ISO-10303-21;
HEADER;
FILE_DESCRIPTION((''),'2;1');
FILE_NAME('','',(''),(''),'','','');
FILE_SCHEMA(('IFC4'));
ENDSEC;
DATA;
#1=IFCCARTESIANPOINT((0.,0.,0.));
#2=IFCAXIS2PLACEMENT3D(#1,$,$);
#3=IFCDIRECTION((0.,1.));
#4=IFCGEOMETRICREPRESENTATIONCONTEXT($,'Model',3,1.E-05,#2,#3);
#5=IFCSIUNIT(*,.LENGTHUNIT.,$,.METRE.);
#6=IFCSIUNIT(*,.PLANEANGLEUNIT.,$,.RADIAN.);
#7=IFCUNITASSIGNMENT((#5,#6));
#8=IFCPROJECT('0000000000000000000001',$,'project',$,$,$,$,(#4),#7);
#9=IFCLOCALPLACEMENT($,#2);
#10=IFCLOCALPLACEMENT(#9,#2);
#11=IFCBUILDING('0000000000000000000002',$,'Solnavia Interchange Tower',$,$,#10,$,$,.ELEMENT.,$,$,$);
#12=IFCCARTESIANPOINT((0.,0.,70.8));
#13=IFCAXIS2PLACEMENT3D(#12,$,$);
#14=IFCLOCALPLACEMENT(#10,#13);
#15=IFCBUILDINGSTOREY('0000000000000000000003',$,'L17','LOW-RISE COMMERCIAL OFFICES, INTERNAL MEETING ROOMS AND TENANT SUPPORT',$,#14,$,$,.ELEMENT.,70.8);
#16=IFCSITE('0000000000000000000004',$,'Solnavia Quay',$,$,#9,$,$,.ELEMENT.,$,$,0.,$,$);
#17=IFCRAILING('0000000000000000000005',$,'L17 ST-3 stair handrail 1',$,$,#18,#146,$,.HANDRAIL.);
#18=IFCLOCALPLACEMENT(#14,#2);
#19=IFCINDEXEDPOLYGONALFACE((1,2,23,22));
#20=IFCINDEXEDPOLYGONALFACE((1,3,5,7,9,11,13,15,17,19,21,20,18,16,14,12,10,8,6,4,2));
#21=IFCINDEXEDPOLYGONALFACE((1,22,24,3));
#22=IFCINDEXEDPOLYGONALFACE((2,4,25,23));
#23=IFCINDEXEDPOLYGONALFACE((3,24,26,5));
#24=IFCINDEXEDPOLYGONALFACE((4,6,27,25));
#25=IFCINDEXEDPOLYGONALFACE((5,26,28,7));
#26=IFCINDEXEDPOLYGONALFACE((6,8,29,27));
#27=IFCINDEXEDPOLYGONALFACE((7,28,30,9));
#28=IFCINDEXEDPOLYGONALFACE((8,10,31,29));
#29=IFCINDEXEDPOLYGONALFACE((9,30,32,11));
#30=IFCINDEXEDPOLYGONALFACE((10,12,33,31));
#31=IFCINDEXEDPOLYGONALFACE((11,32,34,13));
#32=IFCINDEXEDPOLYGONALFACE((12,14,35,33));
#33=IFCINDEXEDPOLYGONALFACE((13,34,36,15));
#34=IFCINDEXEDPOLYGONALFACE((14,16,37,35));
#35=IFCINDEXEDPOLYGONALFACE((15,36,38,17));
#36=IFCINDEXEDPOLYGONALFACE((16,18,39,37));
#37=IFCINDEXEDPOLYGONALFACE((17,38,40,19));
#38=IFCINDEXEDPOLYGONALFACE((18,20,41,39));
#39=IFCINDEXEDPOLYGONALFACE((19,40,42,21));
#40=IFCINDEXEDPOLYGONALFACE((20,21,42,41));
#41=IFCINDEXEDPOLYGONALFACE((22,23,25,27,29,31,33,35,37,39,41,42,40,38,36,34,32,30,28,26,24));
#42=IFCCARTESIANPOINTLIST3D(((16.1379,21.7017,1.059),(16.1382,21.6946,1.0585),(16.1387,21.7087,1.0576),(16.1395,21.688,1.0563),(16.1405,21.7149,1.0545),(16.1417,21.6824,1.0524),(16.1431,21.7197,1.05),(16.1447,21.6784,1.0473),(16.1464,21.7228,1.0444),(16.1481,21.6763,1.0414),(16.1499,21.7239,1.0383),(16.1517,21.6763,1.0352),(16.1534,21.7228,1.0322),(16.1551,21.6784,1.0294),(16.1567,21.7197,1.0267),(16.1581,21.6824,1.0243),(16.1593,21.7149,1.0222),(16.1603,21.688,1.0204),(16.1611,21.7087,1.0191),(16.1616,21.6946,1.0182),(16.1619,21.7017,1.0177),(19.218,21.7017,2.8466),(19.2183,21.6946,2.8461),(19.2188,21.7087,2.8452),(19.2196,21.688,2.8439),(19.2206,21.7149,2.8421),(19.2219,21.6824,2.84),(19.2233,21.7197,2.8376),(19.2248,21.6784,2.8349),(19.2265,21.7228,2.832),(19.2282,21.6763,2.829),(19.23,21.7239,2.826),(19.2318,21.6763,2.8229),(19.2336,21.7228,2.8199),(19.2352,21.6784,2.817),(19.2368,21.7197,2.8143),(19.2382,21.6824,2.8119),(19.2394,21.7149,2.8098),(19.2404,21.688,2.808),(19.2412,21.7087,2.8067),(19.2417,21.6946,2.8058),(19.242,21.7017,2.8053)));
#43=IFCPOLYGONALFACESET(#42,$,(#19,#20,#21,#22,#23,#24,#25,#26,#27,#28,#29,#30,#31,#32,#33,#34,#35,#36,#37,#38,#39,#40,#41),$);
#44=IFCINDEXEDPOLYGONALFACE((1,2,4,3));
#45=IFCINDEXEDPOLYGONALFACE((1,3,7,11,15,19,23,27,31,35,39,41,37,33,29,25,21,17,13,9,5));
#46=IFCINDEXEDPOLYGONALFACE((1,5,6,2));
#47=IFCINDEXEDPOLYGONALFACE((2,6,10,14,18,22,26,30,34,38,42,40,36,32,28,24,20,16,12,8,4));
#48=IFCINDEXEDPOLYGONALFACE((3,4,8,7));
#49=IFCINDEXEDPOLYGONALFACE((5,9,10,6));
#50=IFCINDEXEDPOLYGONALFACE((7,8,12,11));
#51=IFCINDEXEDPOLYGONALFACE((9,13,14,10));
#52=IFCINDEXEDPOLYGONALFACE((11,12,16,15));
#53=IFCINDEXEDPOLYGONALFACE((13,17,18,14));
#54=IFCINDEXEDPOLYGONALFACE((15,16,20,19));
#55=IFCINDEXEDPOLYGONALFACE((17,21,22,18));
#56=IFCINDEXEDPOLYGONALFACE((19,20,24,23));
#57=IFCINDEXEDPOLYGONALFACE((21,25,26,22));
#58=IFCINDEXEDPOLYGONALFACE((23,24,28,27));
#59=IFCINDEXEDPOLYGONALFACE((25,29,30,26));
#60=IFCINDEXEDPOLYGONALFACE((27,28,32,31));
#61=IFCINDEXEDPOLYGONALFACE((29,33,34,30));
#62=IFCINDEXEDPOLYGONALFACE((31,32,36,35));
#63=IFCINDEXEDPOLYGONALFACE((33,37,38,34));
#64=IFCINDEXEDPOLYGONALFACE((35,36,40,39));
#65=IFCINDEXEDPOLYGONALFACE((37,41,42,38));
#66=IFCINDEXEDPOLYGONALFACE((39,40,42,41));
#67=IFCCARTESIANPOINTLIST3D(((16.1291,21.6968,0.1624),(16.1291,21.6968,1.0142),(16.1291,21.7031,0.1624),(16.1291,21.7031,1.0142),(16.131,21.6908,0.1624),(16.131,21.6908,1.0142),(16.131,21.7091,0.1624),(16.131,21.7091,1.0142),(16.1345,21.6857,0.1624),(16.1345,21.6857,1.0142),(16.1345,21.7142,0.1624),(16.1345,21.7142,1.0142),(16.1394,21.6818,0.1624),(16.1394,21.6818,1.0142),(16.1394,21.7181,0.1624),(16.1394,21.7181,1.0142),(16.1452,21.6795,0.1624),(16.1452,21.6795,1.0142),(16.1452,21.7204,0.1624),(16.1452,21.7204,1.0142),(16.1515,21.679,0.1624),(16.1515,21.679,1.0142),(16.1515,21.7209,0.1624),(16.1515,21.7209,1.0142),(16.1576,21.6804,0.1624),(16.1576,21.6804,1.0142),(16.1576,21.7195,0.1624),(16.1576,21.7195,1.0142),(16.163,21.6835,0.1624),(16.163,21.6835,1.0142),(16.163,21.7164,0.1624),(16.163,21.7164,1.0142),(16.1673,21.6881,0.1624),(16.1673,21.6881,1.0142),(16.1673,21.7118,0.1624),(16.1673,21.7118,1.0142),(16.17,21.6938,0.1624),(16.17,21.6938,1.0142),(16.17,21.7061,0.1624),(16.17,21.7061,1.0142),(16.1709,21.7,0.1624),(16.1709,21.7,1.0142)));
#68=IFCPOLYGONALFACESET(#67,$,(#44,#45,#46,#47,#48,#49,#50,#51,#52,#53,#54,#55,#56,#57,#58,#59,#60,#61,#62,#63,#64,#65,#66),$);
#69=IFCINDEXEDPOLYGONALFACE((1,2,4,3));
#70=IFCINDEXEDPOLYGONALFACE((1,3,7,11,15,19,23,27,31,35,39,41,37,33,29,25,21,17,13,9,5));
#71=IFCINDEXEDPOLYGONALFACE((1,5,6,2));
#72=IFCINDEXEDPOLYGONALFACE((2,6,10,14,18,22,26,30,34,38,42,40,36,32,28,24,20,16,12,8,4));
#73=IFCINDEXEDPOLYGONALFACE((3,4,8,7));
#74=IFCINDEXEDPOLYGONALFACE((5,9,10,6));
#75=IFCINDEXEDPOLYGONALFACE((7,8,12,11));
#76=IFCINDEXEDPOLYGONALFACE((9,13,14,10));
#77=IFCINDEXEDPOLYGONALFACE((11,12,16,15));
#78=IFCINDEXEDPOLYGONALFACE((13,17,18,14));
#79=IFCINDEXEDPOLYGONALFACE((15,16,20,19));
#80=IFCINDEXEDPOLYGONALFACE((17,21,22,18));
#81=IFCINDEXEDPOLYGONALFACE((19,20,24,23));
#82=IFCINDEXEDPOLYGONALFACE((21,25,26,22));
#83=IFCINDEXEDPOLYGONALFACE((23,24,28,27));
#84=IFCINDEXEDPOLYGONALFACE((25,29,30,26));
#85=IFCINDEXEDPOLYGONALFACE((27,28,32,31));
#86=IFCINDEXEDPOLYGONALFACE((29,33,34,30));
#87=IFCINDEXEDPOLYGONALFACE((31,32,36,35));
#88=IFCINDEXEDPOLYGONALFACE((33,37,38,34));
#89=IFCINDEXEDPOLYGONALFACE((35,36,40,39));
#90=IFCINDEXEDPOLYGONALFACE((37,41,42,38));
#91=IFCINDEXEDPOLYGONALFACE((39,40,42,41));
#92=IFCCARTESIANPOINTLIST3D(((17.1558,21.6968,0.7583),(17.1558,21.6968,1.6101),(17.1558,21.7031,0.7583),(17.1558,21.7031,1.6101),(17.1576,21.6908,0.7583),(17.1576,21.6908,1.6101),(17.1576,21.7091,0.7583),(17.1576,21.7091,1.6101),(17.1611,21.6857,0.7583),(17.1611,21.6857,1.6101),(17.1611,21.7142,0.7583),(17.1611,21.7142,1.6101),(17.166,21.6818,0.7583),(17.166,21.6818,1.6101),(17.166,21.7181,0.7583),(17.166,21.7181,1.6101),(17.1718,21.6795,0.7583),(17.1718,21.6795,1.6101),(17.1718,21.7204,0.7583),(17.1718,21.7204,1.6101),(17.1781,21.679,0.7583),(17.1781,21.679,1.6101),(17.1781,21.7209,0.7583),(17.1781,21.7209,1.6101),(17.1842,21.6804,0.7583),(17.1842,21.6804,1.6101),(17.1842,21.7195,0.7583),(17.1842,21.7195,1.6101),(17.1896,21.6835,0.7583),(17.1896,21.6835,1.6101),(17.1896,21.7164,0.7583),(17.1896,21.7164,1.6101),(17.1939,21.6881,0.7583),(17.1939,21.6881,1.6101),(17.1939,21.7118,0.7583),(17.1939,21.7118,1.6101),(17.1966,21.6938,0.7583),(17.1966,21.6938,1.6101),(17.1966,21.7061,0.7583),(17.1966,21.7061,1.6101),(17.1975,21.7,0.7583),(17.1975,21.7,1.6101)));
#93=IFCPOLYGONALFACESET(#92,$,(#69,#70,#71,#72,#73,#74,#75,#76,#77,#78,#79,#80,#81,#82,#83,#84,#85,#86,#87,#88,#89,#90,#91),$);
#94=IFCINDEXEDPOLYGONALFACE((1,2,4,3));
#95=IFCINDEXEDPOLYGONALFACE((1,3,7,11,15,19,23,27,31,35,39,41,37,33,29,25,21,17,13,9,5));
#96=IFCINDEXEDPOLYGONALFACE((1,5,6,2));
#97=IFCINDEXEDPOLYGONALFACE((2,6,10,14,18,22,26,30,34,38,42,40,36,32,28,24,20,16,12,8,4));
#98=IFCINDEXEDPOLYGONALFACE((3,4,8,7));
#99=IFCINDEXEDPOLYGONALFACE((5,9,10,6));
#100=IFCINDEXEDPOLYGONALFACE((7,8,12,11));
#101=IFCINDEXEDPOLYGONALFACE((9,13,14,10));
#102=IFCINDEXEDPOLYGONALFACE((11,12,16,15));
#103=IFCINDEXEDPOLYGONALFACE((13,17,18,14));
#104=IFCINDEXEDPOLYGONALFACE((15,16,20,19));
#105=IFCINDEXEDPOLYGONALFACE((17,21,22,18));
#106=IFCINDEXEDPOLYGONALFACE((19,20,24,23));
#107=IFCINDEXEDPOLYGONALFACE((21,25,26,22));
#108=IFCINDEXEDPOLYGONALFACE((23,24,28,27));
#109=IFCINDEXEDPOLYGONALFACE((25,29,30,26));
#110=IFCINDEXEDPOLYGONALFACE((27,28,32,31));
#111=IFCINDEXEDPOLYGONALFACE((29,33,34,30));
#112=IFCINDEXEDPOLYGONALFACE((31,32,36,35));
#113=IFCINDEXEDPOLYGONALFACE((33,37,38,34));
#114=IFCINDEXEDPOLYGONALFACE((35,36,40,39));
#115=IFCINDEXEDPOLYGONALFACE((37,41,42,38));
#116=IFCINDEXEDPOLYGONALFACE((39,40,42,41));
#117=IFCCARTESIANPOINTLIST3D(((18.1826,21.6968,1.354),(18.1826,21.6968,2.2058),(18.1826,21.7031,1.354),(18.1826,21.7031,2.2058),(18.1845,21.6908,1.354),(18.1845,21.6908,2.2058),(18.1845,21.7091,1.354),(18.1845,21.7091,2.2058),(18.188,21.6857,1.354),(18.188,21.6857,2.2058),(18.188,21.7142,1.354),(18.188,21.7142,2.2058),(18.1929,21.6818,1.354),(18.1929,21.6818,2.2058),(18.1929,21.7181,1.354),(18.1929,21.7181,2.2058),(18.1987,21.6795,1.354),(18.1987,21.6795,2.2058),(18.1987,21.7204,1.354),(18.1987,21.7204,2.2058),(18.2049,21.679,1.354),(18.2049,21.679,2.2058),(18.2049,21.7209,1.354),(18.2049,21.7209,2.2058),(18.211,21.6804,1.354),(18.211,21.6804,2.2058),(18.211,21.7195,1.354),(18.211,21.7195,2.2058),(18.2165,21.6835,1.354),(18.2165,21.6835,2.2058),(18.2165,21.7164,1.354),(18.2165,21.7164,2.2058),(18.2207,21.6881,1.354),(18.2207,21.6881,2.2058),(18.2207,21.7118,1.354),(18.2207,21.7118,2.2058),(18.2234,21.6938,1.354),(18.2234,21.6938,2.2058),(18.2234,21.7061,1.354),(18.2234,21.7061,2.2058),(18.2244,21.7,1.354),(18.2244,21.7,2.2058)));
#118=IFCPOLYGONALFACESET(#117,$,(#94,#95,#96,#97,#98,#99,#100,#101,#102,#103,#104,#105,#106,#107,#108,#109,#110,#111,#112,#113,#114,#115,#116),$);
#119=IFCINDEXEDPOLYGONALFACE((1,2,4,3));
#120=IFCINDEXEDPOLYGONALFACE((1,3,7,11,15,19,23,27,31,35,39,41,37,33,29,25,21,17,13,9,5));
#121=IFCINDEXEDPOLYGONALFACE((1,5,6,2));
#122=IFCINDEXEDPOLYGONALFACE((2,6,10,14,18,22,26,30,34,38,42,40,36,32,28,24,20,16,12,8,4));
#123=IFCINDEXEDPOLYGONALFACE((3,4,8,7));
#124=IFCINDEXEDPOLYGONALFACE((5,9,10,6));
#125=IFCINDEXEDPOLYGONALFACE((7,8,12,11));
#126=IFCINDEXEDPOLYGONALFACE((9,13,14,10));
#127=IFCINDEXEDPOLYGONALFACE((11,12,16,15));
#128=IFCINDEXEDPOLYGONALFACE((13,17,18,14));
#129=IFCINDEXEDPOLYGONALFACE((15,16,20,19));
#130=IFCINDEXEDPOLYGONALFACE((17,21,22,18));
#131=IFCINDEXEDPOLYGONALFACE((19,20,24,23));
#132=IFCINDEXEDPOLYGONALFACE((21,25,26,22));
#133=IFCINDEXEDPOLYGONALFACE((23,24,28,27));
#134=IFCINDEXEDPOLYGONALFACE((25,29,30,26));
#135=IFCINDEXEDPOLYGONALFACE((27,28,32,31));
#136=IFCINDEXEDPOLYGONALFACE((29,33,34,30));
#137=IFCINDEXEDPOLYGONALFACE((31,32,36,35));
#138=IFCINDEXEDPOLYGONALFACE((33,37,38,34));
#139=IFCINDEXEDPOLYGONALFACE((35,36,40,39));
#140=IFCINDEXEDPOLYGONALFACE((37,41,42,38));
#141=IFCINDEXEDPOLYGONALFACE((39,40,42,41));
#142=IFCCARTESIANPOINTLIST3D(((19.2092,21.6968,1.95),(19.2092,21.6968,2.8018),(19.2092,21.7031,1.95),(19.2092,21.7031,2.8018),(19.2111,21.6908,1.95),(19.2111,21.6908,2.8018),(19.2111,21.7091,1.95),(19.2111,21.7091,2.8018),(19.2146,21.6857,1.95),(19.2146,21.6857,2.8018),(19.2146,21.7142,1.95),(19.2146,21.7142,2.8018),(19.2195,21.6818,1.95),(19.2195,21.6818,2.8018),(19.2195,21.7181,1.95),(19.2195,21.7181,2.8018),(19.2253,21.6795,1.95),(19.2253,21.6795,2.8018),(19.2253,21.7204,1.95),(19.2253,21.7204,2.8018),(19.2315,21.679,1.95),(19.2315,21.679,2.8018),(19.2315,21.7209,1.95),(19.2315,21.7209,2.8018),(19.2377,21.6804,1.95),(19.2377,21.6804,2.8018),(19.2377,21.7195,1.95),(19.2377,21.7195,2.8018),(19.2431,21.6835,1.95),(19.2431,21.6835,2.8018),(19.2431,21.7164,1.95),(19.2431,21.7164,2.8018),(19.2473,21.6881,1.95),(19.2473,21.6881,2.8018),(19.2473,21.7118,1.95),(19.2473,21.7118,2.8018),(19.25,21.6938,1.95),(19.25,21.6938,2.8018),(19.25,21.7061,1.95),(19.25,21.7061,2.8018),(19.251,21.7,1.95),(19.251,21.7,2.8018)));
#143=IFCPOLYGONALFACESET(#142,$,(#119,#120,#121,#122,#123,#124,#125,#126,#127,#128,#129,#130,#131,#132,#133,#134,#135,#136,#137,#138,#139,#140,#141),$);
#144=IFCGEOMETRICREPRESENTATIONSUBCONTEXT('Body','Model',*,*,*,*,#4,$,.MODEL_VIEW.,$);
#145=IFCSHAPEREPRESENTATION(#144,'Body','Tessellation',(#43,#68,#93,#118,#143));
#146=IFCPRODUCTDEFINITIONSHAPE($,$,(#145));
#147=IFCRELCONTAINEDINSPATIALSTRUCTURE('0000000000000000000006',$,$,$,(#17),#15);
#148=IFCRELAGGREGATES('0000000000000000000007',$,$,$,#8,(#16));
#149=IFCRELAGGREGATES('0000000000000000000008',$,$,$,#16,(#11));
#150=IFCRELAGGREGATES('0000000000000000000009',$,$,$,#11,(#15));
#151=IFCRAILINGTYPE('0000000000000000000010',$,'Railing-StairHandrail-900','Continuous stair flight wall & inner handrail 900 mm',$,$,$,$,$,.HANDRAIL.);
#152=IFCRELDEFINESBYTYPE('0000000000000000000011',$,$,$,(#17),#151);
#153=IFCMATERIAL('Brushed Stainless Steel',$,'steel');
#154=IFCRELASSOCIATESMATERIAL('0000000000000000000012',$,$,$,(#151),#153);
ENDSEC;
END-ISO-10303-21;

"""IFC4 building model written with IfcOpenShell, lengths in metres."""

from ifc_helpers import new_model, si_unit, direction, frame, origin, origin_2d, place, context, subcontext, project, spatial, circle, extrude, material, type_object, element, save


model = new_model("IFC4")

# Units and contexts
model_context = context("Model", 3, precision=1e-05, world=origin(), true_north=direction((0.0, 1.0)))
body_context = subcontext(model_context, "Body", "Model", "MODEL_VIEW")
ifc_project = project(units=[si_unit("LENGTHUNIT", "METRE"), si_unit("PLANEANGLEUNIT", "RADIAN")], contexts=[model_context])

# Site, building, storey
site_placement = place(None, origin())
site = spatial("IfcSite", under=ifc_project, at=site_placement, Name="Solnavia Quay", CompositionType="ELEMENT", RefElevation=0.0)
building_placement = place(site_placement, origin())
building = spatial("IfcBuilding", under=site, at=building_placement, Name="Solnavia Interchange Tower", CompositionType="ELEMENT")
storey_placement = place(building_placement, frame((0.0, 0.0, 70.8)))
storey = spatial("IfcBuildingStorey", under=building, at=storey_placement, Name="L17", Description="LOW-RISE COMMERCIAL OFFICES, INTERNAL MEETING ROOMS AND TENANT SUPPORT", CompositionType="ELEMENT", Elevation=70.8)

# Railing
ifc_material_1 = material(Name="Brushed Stainless Steel", Category="steel")
railing_type_1 = type_object("IfcRailingType", Name="Railing-StairHandrail-900", Description="Continuous stair flight wall & inner handrail 900 mm", PredefinedType="HANDRAIL", material=ifc_material_1)
railing_1_placement = place(storey_placement, frame((16.1499, 21.7, 0.1624)))
element("IfcRailing", 1, at=railing_1_placement, inside=storey, type_object=railing_type_1, Name="L17 ST-3 stair handrail 1", PredefinedType="HANDRAIL", context=body_context, shape_type="SweptSolid", body=[
    extrude(circle(Radius=0.0239, at=origin_2d()), frame((0.0, 0.0, 0.876), z_axis=(0.864891, 0.0, 0.50196), x_axis=(0.0, 1.0, 0.0)), (0.0, 0.0, 1.0), 3.5613),
    extrude(circle(Radius=0.021, at=origin_2d()), origin(), (0.0, 0.0, 1.0), 0.8518),
    extrude(circle(Radius=0.021, at=origin_2d()), frame((1.0266, 0.0, 0.5959)), (0.0, 0.0, 1.0), 0.8518),
    extrude(circle(Radius=0.021, at=origin_2d()), frame((2.0535, 0.0, 1.1917)), (0.0, 0.0, 1.0), 0.8518),
    extrude(circle(Radius=0.021, at=origin_2d()), frame((3.0801, 0.0, 1.7876)), (0.0, 0.0, 1.0), 0.8518),
])

save(model, "model.ifc")
